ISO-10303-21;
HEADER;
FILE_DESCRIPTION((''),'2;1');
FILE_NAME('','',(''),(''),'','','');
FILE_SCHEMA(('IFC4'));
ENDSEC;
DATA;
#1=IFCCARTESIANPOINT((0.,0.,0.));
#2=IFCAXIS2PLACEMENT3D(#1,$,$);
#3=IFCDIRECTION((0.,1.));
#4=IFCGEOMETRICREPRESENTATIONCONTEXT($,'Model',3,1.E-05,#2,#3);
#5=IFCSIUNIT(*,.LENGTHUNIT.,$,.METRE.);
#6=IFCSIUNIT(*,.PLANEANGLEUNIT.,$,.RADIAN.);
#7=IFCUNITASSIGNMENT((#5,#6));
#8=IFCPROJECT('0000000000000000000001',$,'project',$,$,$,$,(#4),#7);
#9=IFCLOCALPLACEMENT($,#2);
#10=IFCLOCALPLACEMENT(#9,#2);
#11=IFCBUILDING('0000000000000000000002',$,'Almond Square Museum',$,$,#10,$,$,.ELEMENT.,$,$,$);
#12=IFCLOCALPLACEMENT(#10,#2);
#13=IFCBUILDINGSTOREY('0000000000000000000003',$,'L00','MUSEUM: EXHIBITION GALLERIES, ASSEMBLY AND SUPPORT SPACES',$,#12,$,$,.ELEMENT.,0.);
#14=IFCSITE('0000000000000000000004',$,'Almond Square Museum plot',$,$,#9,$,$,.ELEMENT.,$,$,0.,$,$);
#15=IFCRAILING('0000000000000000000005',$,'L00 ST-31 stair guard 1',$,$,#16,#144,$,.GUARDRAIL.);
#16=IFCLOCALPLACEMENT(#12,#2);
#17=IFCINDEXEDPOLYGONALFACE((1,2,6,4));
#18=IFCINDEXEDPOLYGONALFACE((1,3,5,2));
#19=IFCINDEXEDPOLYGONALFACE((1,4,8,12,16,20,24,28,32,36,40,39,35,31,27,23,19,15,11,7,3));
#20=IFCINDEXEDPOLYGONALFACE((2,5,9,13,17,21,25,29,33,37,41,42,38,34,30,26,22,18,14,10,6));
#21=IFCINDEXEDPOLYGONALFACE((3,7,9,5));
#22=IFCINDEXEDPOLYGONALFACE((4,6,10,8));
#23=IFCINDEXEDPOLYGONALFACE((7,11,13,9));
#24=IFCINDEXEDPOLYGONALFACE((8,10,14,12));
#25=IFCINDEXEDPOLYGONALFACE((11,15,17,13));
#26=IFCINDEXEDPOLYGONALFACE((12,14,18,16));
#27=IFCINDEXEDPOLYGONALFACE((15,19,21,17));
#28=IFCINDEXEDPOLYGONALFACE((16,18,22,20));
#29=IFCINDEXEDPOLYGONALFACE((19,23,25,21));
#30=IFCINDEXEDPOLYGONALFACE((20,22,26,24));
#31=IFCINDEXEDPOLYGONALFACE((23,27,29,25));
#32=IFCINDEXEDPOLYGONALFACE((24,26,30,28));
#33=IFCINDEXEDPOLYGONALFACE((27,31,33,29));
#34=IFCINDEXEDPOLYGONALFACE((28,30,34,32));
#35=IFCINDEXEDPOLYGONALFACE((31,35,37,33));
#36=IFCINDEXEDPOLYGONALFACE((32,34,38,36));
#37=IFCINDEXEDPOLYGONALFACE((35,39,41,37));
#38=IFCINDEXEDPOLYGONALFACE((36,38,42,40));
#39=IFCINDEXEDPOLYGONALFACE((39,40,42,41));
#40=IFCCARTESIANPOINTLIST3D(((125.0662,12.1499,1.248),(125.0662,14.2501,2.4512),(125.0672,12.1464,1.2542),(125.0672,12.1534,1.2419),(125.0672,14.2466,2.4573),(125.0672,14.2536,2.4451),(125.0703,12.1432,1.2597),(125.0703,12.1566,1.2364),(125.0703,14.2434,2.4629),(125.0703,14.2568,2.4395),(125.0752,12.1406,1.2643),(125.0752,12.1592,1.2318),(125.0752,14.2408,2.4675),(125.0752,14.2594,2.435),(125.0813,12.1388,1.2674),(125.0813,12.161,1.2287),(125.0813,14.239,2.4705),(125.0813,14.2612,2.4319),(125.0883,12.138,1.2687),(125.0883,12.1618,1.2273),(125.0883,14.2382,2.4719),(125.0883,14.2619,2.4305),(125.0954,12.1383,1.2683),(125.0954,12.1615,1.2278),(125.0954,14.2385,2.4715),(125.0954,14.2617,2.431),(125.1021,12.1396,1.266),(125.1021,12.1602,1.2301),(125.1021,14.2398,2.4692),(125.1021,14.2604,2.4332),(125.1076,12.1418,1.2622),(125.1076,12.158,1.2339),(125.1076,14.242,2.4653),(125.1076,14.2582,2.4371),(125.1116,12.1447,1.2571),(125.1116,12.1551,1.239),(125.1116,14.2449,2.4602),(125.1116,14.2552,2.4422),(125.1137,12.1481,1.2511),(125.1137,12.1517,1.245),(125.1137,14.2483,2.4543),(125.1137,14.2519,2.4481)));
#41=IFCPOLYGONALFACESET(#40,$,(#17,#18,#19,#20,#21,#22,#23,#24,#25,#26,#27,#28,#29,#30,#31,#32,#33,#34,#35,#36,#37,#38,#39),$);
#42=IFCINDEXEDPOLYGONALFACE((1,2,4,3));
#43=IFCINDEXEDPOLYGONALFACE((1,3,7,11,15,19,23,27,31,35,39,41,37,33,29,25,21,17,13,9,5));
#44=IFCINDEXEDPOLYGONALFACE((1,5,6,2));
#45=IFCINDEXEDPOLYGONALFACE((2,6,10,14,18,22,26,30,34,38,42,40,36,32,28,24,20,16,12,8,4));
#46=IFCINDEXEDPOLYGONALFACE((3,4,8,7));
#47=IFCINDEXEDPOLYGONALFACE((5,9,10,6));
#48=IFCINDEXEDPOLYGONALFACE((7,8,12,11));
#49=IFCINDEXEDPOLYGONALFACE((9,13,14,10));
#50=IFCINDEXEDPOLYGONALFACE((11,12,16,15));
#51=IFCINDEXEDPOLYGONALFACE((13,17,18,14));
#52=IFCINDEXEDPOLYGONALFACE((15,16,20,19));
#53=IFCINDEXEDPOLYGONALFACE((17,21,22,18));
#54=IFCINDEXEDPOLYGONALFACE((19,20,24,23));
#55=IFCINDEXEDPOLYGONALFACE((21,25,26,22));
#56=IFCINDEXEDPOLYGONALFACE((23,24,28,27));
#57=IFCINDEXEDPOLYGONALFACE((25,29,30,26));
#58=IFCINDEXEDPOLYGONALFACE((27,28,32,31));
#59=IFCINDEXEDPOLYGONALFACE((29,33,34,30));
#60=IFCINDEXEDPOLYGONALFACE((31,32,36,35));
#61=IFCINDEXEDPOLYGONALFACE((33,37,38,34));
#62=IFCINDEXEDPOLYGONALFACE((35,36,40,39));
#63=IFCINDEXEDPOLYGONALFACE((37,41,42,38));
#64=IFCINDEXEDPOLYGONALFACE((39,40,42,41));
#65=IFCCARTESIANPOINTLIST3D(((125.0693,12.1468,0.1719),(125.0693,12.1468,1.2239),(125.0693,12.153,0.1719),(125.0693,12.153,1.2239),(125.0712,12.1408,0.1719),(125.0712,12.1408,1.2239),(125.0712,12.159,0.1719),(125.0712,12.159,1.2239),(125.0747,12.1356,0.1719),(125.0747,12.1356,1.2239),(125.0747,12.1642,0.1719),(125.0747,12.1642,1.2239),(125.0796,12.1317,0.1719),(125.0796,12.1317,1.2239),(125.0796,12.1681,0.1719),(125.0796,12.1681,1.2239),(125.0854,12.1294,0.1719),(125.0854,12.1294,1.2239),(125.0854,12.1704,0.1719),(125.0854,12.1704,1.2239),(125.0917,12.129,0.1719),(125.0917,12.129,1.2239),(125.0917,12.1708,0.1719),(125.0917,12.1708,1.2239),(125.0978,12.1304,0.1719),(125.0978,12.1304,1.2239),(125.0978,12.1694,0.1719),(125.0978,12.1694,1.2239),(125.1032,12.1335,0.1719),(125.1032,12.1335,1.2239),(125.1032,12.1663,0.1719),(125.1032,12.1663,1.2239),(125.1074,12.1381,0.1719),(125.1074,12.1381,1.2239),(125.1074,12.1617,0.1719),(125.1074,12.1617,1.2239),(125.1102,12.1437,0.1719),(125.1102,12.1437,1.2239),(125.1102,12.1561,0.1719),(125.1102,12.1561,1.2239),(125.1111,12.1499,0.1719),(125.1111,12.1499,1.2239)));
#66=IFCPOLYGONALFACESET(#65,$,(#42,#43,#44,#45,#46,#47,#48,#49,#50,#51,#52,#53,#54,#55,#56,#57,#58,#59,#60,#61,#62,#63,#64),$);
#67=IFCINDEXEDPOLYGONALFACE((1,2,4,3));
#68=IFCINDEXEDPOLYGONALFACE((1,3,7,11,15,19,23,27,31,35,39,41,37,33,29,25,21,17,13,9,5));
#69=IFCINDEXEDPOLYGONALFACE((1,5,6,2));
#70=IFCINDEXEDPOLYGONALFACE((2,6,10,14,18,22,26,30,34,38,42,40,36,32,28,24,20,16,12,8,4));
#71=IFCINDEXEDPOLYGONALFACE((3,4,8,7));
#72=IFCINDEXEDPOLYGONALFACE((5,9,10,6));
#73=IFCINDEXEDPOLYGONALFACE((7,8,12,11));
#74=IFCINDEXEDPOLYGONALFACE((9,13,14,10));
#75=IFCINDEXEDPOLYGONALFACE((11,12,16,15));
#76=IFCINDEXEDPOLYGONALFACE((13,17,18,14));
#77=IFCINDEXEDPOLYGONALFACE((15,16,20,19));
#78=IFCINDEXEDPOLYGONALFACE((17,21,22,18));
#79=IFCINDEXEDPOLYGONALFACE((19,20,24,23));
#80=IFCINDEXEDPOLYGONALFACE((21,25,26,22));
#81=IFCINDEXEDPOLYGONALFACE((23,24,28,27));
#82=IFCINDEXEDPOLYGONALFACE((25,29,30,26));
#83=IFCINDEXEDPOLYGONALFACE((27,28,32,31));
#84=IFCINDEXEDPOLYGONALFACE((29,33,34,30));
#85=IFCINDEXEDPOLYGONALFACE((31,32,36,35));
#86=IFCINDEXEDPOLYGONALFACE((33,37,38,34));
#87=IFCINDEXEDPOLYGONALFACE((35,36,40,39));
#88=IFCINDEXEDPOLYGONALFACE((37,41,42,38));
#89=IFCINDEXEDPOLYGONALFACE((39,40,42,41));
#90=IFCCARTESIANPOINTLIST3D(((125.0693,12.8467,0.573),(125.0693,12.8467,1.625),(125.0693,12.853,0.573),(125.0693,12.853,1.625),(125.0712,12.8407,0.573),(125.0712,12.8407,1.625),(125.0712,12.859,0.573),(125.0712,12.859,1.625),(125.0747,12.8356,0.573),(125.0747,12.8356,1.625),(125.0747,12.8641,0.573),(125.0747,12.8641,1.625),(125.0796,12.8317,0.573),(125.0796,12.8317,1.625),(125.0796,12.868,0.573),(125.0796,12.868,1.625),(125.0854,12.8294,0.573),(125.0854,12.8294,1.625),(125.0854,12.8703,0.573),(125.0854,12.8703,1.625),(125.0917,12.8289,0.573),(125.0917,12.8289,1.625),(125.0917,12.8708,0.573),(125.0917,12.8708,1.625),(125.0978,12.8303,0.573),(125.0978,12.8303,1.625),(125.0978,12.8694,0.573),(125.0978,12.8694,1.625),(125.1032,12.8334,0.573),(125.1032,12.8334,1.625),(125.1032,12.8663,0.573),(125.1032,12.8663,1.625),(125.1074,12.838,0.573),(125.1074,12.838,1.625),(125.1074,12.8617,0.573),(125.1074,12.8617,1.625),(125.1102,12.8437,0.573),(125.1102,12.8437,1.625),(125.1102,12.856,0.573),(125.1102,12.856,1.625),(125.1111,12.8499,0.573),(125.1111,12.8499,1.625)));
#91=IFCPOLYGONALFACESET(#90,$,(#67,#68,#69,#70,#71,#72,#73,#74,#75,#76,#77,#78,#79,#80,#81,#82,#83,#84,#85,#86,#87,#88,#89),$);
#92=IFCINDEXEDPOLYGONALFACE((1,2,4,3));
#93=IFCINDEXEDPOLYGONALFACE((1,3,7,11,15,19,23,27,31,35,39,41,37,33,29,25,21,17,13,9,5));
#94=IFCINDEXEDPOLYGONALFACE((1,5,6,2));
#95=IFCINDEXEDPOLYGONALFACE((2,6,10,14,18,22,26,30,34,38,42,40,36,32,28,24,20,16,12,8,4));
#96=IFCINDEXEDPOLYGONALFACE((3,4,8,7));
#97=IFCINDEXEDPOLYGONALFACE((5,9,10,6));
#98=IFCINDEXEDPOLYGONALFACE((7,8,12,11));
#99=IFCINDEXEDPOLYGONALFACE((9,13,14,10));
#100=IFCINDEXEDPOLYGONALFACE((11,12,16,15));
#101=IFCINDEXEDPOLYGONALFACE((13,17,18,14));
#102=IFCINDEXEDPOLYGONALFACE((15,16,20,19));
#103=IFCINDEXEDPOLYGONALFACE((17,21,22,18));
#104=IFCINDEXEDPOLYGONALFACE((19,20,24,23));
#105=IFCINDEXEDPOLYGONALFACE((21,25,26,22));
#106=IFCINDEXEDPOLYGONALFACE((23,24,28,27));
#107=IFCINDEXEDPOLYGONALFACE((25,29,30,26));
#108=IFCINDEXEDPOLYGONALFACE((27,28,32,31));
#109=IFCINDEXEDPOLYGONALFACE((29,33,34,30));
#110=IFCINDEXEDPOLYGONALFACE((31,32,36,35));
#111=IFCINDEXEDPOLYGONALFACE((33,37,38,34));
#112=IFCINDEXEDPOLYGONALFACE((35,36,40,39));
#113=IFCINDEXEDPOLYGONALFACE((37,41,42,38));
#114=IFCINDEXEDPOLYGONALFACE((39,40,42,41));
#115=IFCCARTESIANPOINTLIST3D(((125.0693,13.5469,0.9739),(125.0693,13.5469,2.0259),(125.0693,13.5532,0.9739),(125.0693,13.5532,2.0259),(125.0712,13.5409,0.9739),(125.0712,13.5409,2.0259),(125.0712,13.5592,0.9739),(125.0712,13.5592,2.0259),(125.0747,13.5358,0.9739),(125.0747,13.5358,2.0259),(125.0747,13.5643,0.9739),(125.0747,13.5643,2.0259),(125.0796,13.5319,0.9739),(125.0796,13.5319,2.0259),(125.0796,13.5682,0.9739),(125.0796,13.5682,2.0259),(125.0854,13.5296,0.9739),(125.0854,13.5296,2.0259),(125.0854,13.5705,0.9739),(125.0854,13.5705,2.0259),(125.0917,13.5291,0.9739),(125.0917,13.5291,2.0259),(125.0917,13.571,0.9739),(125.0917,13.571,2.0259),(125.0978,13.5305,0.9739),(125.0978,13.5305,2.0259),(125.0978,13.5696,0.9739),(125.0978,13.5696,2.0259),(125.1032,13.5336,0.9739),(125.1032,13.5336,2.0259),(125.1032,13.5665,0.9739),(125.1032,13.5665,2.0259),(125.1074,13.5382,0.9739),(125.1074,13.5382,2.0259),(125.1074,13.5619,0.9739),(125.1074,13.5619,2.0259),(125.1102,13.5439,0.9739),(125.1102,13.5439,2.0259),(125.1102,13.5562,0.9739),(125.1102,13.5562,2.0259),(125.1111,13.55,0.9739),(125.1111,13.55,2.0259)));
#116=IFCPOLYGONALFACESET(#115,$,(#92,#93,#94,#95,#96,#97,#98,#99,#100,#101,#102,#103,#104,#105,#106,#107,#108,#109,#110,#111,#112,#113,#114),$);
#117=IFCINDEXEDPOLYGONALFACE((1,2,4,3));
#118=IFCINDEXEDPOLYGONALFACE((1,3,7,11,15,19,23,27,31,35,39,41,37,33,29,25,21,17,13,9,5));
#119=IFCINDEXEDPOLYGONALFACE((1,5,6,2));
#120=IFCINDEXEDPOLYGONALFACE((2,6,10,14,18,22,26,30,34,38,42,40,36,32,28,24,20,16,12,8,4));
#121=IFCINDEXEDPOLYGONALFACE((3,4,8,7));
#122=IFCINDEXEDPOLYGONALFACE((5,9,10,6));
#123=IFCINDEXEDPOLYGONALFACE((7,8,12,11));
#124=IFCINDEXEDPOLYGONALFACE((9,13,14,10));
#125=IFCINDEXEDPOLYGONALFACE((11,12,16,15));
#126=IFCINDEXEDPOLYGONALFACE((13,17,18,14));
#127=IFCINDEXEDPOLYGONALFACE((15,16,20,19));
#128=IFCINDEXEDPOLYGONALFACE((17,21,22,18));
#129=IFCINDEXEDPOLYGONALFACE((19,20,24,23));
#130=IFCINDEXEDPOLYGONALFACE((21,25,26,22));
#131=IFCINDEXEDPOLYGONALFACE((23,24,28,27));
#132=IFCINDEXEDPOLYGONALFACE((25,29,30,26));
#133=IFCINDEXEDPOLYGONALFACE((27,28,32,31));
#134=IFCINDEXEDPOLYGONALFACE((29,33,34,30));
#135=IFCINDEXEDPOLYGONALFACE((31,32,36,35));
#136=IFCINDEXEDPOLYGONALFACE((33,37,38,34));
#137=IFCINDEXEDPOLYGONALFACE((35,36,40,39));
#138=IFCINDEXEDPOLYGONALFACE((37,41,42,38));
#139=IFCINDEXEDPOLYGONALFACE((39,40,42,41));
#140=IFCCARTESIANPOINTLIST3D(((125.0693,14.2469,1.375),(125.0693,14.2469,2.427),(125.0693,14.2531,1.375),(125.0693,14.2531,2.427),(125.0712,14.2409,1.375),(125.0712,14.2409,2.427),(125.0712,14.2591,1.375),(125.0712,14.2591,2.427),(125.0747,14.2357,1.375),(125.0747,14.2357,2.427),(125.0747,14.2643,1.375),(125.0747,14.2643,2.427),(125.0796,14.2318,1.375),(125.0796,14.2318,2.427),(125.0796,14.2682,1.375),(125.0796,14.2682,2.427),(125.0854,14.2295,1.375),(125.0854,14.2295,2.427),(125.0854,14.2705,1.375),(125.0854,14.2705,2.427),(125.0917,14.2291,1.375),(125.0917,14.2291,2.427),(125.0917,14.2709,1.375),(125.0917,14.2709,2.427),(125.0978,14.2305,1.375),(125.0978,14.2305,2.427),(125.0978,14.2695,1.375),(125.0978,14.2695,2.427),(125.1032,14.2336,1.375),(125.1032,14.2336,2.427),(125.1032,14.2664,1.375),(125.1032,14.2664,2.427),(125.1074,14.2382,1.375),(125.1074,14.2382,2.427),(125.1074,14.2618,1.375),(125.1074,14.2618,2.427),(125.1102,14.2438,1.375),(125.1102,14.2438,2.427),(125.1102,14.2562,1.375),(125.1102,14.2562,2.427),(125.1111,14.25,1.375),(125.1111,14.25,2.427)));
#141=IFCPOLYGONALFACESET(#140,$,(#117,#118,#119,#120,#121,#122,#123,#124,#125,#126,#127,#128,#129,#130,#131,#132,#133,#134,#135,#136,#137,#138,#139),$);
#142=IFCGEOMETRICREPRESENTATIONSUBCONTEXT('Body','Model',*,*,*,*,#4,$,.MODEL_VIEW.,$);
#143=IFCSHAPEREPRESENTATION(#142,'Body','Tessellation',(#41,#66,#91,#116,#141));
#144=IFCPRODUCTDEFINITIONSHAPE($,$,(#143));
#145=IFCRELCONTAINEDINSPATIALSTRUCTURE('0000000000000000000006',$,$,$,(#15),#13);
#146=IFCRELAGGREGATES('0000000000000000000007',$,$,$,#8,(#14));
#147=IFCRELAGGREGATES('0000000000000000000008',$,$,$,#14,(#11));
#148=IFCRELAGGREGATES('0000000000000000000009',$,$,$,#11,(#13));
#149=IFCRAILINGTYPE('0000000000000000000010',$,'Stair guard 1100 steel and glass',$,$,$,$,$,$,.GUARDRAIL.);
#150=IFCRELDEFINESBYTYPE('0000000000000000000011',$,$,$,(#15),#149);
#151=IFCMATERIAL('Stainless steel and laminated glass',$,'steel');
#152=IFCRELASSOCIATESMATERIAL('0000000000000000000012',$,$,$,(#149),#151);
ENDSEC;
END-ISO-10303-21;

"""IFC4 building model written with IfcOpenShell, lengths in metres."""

from ifc_helpers import new_model, si_unit, direction, frame, origin, origin_2d, place, context, subcontext, project, spatial, circle, extrude, material, type_object, element, save


model = new_model("IFC4")

# Units and contexts
model_context = context("Model", 3, precision=1e-05, world=origin(), true_north=direction((0.0, 1.0)))
body_context = subcontext(model_context, "Body", "Model", "MODEL_VIEW")
ifc_project = project(units=[si_unit("LENGTHUNIT", "METRE"), si_unit("PLANEANGLEUNIT", "RADIAN")], contexts=[model_context])

# Site, building, storey
site_placement = place(None, origin())
site = spatial("IfcSite", under=ifc_project, at=site_placement, Name="Almond Square Museum plot", CompositionType="ELEMENT", RefElevation=0.0)
building_placement = place(site_placement, origin())
building = spatial("IfcBuilding", under=site, at=building_placement, Name="Almond Square Museum", CompositionType="ELEMENT")
storey_placement = place(building_placement, origin())
storey = spatial("IfcBuildingStorey", under=building, at=storey_placement, Name="L00", Description="MUSEUM: EXHIBITION GALLERIES, ASSEMBLY AND SUPPORT SPACES", CompositionType="ELEMENT", Elevation=0.0)

# Railing
ifc_material_1 = material(Name="Stainless steel and laminated glass", Category="steel")
railing_type_1 = type_object("IfcRailingType", Name="Stair guard 1100 steel and glass", PredefinedType="GUARDRAIL", material=ifc_material_1)
railing_1_placement = place(storey_placement, frame((125.0901, 12.1499, 0.1719)))
element("IfcRailing", 1, at=railing_1_placement, inside=storey, type_object=railing_type_1, Name="L00 ST-31 stair guard 1", PredefinedType="GUARDRAIL", context=body_context, shape_type="SweptSolid", body=[
    extrude(circle(Radius=0.0239, at=origin_2d()), frame((0.0, 0.0, 1.0762), z_axis=(0.0, 0.867696, 0.497095), x_axis=(-1.0, 0.0, 0.0)), (0.0, 0.0, 1.0), 2.4204),
    extrude(circle(Radius=0.021, at=origin_2d()), origin(), (0.0, 0.0, 1.0), 1.052),
    extrude(circle(Radius=0.021, at=origin_2d()), frame((0.0, 0.7, 0.4011)), (0.0, 0.0, 1.0), 1.052),
    extrude(circle(Radius=0.021, at=origin_2d()), frame((0.0, 1.4001, 0.802)), (0.0, 0.0, 1.0), 1.052),
    extrude(circle(Radius=0.021, at=origin_2d()), frame((0.0, 2.1001, 1.2031)), (0.0, 0.0, 1.0), 1.052),
])

save(model, "model.ifc")
